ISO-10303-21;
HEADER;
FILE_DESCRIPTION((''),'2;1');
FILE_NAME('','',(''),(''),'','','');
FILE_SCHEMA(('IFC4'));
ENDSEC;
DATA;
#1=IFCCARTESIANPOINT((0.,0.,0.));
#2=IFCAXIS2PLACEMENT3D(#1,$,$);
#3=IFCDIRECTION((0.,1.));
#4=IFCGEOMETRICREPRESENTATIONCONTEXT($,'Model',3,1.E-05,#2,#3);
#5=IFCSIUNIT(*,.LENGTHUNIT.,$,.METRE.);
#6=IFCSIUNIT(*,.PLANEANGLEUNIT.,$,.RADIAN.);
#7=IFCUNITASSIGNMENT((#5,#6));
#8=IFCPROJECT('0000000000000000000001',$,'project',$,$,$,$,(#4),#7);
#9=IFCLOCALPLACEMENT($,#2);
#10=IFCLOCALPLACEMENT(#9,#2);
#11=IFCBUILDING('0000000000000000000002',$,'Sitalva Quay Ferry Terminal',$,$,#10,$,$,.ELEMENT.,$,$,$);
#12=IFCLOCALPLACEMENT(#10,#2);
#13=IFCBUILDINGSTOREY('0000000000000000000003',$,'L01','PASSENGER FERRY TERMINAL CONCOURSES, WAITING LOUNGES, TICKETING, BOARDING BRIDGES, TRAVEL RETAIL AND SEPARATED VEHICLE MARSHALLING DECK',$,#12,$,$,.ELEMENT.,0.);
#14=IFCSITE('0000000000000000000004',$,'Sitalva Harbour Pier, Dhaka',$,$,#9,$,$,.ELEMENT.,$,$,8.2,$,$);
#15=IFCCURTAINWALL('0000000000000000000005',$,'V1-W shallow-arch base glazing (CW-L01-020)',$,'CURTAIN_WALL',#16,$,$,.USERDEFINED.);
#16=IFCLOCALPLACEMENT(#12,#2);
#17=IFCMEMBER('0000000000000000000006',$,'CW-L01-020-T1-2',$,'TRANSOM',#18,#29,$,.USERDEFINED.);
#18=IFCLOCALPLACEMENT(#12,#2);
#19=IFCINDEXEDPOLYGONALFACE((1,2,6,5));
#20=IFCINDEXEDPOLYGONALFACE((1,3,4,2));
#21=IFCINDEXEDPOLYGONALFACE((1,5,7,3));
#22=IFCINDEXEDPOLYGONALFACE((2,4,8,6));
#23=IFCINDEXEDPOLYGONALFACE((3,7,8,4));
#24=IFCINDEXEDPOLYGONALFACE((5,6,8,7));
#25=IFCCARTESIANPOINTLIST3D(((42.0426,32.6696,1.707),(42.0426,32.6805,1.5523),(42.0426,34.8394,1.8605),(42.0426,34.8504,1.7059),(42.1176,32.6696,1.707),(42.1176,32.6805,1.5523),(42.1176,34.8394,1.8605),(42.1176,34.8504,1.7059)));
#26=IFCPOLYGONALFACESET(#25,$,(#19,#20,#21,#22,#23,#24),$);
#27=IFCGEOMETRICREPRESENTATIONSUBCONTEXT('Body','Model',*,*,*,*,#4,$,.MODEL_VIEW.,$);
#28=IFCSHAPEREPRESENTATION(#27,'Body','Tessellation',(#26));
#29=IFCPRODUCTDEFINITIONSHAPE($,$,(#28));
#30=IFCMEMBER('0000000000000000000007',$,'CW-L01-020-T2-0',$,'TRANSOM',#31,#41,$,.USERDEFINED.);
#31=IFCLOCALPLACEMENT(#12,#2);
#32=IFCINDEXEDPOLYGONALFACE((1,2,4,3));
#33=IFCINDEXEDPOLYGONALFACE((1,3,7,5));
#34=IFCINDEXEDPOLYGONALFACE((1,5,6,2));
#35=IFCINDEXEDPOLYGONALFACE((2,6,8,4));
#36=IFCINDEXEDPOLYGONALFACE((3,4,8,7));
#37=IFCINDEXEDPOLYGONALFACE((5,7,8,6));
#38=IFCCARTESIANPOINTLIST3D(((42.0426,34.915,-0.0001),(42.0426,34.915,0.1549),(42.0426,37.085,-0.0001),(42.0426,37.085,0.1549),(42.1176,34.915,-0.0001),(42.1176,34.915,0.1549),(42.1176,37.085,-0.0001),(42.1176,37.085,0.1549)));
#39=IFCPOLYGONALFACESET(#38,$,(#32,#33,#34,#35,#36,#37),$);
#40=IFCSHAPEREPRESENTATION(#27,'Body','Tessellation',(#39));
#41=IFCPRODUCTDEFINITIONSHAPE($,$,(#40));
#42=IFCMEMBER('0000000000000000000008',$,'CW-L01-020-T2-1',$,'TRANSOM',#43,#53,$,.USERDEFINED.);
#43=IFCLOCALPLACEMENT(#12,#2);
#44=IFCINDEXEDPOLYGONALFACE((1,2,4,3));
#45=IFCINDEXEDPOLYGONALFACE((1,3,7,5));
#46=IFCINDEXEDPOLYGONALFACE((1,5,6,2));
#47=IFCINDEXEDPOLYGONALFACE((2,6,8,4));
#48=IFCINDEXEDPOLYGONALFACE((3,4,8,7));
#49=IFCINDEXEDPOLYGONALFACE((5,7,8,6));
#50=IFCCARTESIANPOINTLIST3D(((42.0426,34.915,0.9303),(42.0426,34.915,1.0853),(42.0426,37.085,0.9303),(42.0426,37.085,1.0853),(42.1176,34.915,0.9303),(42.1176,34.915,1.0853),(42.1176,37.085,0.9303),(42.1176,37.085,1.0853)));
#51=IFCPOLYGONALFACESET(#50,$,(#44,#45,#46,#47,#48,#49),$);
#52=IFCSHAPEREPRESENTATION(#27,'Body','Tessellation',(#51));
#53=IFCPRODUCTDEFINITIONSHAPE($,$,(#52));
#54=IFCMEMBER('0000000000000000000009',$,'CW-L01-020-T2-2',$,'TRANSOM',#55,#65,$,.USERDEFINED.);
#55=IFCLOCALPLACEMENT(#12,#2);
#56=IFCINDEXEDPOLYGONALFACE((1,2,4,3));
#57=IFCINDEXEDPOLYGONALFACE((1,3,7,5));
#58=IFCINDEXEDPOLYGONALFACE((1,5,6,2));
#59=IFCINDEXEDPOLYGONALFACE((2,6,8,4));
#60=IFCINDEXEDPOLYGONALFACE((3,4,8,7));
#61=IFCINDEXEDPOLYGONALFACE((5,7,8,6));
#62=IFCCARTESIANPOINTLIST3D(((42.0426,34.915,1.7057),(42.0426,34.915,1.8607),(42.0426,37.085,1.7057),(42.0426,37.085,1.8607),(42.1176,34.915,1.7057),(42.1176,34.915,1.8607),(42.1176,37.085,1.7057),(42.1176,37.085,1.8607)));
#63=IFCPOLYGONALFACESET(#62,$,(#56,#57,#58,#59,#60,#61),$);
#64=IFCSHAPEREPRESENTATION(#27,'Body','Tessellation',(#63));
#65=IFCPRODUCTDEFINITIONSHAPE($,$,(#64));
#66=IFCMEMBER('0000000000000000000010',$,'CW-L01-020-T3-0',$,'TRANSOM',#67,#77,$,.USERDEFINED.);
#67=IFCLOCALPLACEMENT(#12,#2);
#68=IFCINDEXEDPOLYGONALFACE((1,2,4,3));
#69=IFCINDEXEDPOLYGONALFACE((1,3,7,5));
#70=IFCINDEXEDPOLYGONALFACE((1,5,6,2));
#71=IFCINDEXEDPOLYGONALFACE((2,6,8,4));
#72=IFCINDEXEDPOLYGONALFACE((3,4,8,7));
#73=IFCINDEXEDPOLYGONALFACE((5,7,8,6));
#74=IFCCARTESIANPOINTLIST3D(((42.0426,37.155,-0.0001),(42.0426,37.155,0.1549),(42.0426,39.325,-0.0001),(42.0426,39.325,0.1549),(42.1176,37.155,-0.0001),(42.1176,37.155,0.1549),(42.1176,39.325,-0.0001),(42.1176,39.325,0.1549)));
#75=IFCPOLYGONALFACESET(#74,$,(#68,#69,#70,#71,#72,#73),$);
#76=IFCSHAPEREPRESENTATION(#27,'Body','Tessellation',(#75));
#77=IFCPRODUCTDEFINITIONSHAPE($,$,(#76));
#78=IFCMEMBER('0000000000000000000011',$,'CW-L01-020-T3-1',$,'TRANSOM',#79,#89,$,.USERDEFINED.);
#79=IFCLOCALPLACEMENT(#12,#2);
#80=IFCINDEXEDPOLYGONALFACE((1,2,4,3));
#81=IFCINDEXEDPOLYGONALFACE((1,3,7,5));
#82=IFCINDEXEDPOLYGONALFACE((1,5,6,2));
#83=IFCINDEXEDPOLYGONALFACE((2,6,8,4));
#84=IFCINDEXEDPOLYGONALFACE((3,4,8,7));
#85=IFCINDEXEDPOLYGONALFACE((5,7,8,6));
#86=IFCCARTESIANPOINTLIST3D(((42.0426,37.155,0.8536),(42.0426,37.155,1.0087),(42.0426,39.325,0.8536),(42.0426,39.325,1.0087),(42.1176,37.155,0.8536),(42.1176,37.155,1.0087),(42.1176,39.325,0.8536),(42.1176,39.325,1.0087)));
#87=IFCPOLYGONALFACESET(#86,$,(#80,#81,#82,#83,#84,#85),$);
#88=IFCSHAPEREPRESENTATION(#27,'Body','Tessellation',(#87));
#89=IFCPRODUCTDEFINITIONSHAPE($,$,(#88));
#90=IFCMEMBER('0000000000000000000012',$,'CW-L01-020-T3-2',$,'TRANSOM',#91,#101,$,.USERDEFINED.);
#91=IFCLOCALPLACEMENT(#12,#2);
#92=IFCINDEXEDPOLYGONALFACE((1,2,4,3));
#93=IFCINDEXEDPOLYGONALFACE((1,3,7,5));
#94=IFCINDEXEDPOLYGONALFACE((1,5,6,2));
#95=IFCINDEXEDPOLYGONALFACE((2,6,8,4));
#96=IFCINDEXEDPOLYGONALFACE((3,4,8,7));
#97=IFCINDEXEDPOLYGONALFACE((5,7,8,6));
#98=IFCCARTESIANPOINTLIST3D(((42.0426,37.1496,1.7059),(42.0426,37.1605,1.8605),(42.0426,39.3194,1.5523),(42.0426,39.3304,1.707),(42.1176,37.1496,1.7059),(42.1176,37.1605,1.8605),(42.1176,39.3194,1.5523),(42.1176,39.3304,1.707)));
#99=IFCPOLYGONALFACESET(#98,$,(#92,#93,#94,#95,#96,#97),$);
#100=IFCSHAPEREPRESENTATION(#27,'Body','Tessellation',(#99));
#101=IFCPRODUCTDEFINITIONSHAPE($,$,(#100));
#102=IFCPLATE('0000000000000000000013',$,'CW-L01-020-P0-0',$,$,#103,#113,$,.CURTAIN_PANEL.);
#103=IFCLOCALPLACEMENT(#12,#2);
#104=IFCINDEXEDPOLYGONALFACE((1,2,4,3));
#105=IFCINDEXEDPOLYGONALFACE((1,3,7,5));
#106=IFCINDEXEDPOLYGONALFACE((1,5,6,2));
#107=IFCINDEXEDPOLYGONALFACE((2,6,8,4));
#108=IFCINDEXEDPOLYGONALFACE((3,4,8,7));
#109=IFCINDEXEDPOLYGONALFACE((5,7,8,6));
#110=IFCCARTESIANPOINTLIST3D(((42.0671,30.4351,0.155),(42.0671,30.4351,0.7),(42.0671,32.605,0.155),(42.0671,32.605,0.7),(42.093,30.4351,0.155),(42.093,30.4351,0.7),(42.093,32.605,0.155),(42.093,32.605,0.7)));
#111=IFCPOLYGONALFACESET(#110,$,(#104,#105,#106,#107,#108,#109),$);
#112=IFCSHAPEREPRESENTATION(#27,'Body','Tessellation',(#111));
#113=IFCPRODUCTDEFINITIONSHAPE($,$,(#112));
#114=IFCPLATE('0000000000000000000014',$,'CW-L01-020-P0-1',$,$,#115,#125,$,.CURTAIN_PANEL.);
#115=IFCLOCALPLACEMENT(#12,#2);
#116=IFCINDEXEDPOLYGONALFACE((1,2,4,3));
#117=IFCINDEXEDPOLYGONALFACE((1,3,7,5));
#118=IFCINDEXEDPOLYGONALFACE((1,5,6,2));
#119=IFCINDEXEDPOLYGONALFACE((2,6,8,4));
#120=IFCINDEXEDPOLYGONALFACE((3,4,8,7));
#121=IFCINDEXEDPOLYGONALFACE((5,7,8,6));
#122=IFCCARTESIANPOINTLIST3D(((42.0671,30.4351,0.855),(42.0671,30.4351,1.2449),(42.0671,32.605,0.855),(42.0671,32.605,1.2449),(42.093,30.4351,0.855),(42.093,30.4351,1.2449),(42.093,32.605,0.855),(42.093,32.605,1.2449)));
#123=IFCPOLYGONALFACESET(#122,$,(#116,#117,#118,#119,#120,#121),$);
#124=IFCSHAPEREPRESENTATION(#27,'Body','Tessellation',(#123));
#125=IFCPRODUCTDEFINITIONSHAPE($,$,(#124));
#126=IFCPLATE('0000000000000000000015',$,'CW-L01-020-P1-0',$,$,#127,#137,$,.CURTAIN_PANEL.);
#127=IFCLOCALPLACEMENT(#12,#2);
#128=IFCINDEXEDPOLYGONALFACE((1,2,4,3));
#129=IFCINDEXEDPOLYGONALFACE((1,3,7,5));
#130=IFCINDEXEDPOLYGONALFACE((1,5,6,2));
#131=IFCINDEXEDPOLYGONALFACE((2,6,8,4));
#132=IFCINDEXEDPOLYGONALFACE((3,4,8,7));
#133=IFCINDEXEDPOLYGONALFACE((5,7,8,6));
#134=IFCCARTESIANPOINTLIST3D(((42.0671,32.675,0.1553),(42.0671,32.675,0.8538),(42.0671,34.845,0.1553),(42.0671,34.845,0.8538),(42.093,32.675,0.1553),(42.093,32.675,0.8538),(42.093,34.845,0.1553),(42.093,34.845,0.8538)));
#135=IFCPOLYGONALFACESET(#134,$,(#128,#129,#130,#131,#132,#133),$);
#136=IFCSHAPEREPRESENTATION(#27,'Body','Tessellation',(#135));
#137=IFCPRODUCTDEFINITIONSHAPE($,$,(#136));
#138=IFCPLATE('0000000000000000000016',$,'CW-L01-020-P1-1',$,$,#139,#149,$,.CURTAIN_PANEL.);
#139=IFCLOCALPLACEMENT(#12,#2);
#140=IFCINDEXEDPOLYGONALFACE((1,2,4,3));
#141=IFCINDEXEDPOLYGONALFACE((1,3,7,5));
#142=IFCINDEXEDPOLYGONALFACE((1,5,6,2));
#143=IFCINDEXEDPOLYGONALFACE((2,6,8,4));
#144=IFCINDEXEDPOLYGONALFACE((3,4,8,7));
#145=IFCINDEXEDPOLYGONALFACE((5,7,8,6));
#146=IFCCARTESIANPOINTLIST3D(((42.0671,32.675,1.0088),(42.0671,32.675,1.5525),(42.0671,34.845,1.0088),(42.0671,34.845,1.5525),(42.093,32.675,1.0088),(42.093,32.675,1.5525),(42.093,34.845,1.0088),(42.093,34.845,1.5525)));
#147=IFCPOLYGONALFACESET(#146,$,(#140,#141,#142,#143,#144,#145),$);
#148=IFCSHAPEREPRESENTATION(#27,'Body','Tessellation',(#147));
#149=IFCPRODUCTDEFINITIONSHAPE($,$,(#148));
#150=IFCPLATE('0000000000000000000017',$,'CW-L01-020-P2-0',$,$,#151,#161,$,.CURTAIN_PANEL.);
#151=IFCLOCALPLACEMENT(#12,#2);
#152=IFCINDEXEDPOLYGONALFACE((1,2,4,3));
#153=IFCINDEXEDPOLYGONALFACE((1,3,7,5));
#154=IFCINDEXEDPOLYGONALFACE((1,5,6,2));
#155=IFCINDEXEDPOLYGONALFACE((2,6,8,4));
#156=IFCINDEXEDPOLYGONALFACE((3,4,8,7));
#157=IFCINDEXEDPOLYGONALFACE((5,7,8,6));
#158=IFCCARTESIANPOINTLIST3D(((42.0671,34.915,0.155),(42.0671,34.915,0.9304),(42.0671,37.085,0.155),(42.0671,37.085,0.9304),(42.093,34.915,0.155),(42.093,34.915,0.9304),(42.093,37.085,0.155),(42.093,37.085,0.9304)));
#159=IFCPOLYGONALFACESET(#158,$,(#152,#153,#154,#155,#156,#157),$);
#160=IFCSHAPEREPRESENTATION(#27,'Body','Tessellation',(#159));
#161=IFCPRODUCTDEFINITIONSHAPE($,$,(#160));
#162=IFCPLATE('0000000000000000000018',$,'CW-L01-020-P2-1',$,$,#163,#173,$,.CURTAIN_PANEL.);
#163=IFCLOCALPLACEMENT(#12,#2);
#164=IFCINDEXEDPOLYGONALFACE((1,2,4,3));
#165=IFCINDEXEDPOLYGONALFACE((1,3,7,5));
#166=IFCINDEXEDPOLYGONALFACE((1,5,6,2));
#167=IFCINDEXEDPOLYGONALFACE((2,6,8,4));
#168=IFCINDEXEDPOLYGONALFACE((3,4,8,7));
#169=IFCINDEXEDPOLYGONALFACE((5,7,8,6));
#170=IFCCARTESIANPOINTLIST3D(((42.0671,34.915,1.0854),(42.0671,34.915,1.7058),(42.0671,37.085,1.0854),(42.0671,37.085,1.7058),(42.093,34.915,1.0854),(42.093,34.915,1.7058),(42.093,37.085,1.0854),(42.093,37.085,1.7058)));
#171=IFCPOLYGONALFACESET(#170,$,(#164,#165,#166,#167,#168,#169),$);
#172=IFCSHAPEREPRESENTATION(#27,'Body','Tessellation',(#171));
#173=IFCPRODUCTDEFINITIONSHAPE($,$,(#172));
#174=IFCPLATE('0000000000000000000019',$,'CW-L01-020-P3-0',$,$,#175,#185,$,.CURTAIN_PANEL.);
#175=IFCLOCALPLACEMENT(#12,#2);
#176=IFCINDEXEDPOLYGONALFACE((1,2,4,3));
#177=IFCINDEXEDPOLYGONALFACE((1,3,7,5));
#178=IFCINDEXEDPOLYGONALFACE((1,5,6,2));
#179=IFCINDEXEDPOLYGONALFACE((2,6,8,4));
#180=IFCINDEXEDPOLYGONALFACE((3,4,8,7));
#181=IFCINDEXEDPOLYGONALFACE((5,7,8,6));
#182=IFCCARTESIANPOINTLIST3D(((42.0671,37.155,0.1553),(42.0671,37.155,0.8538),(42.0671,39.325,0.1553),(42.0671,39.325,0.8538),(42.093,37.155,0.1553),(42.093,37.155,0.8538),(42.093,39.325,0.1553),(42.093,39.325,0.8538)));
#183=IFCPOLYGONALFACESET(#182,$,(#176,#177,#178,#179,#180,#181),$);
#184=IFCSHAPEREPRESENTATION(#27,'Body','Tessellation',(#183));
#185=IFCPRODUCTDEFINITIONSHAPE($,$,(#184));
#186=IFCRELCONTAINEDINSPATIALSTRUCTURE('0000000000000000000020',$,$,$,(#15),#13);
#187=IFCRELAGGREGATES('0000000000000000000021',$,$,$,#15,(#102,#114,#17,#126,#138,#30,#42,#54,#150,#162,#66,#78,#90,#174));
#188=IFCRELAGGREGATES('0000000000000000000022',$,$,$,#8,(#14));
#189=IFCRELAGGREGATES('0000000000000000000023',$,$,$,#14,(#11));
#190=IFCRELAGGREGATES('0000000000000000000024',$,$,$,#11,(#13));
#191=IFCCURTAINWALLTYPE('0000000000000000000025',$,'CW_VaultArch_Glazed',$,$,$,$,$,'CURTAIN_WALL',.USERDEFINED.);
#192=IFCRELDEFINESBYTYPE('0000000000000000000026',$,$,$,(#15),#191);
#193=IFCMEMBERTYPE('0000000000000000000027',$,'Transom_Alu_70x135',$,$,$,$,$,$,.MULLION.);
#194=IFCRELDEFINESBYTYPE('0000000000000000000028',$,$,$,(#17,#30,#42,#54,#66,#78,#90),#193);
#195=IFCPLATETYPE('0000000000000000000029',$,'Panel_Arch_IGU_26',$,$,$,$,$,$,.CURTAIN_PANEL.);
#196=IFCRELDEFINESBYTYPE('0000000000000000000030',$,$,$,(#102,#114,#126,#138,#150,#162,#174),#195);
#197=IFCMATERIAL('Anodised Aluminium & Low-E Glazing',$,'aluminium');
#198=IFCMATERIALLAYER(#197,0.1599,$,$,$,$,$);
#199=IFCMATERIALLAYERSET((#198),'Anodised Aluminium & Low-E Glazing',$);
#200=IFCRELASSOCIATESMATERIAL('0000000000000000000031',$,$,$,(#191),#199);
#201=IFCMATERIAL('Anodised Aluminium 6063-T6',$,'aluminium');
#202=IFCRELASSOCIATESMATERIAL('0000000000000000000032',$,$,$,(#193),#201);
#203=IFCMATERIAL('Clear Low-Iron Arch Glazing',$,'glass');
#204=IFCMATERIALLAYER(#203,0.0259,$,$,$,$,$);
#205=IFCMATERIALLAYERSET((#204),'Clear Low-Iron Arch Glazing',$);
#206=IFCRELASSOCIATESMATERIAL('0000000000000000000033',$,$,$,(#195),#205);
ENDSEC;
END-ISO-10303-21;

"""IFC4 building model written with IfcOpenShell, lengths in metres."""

from ifc_helpers import new_model, si_unit, direction, frame, origin, origin_2d, place, context, subcontext, project, spatial, rectangle, extrude, material, layer, layer_set, material_profile, profile_set, type_object, element, aggregate, save


model = new_model("IFC4")

# Units and contexts
model_context = context("Model", 3, precision=1e-05, world=origin(), true_north=direction((0.0, 1.0)))
body_context = subcontext(model_context, "Body", "Model", "MODEL_VIEW")
ifc_project = project(units=[si_unit("LENGTHUNIT", "METRE"), si_unit("PLANEANGLEUNIT", "RADIAN")], contexts=[model_context])

# Site, building, storey
site_placement = place(None, origin())
site = spatial("IfcSite", under=ifc_project, at=site_placement, Name="Sitalva Harbour Pier, Dhaka", CompositionType="ELEMENT", RefElevation=8.2)
building_placement = place(site_placement, origin())
building = spatial("IfcBuilding", under=site, at=building_placement, Name="Sitalva Quay Ferry Terminal", CompositionType="ELEMENT")
storey_placement = place(building_placement, origin())
storey = spatial("IfcBuildingStorey", under=building, at=storey_placement, Name="L01", Description="PASSENGER FERRY TERMINAL CONCOURSES, WAITING LOUNGES, TICKETING, BOARDING BRIDGES, TRAVEL RETAIL AND SEPARATED VEHICLE MARSHALLING DECK", CompositionType="ELEMENT", Elevation=0.0)

# Curtain wall, members, plates
ifc_material_1 = material(Name="Anodised Aluminium & Low-E Glazing", Category="aluminium")
ifc_layer_1 = layer(ifc_material_1, 0.1599)
ifc_layer_set_1 = layer_set([ifc_layer_1], Name="Anodised Aluminium & Low-E Glazing")
curtain_wall_type = type_object("IfcCurtainWallType", Name="CW_VaultArch_Glazed", ElementType="CURTAIN_WALL", PredefinedType="USERDEFINED", material=ifc_layer_set_1)
curtain_wall_placement = place(storey_placement, origin())
curtain_wall = element("IfcCurtainWall", 1, at=curtain_wall_placement, inside=storey, type_object=curtain_wall_type, Name="V1-W shallow-arch base glazing (CW-L01-020)", ObjectType="CURTAIN_WALL", PredefinedType="USERDEFINED")
ifc_material_2 = material(Name="Anodised Aluminium 6063-T6", Category="aluminium")
ifc_material_profile_1 = material_profile(ifc_material_2, rectangle(XDim=0.075, YDim=0.155, at=origin_2d()), Name="ALU75x155")
ifc_profile_set_1 = profile_set([ifc_material_profile_1], Name="Anodised Aluminium 6063-T6")
member_type_1 = type_object("IfcMemberType", Name="Transom_Alu_70x135", PredefinedType="MULLION", material=ifc_profile_set_1)
member_1_placement = place(storey_placement, frame((42.0801, 32.675, 1.6296), z_axis=(0.0, 0.997505, 0.070593), x_axis=(-1.0, 0.0, 0.0)))
member_1 = element("IfcMember", 2, at=member_1_placement, type_object=member_type_1, Name="CW-L01-020-T1-2", ObjectType="TRANSOM", PredefinedType="USERDEFINED", context=body_context, shape_type="SweptSolid", body=[
    extrude(rectangle(XDim=0.075, YDim=0.155, at=origin_2d()), origin(), (0.0, 0.0, 1.0), 2.1753),
])
member_2_placement = place(storey_placement, frame((42.0801, 34.915, 0.0774), z_axis=(0.0, 1.0, 0.0), x_axis=(-1.0, 0.0, 0.0)))
member_2 = element("IfcMember", 3, at=member_2_placement, type_object=member_type_1, Name="CW-L01-020-T2-0", ObjectType="TRANSOM", PredefinedType="USERDEFINED", context=body_context, shape_type="SweptSolid", body=[
    extrude(rectangle(XDim=0.075, YDim=0.155, at=origin_2d()), origin(), (0.0, 0.0, 1.0), 2.1699),
])
member_3_placement = place(storey_placement, frame((42.0801, 34.915, 1.0078), z_axis=(0.0, 1.0, 0.0), x_axis=(-1.0, 0.0, 0.0)))
member_3 = element("IfcMember", 4, at=member_3_placement, type_object=member_type_1, Name="CW-L01-020-T2-1", ObjectType="TRANSOM", PredefinedType="USERDEFINED", context=body_context, shape_type="SweptSolid", body=[
    extrude(rectangle(XDim=0.075, YDim=0.155, at=origin_2d()), origin(), (0.0, 0.0, 1.0), 2.1699),
])
member_4_placement = place(storey_placement, frame((42.0801, 34.915, 1.7832), z_axis=(0.0, 1.0, 0.0), x_axis=(-1.0, 0.0, 0.0)))
member_4 = element("IfcMember", 5, at=member_4_placement, type_object=member_type_1, Name="CW-L01-020-T2-2", ObjectType="TRANSOM", PredefinedType="USERDEFINED", context=body_context, shape_type="SweptSolid", body=[
    extrude(rectangle(XDim=0.075, YDim=0.155, at=origin_2d()), origin(), (0.0, 0.0, 1.0), 2.1699),
])
member_5_placement = place(storey_placement, frame((42.0801, 37.155, 0.0774), z_axis=(0.0, 1.0, 0.0), x_axis=(-1.0, 0.0, 0.0)))
member_5 = element("IfcMember", 6, at=member_5_placement, type_object=member_type_1, Name="CW-L01-020-T3-0", ObjectType="TRANSOM", PredefinedType="USERDEFINED", context=body_context, shape_type="SweptSolid", body=[
    extrude(rectangle(XDim=0.075, YDim=0.155, at=origin_2d()), origin(), (0.0, 0.0, 1.0), 2.1699),
])
member_6_placement = place(storey_placement, frame((42.0801, 37.155, 0.9312), z_axis=(0.0, 1.0, 0.0), x_axis=(-1.0, 0.0, 0.0)))
member_6 = element("IfcMember", 7, at=member_6_placement, type_object=member_type_1, Name="CW-L01-020-T3-1", ObjectType="TRANSOM", PredefinedType="USERDEFINED", context=body_context, shape_type="SweptSolid", body=[
    extrude(rectangle(XDim=0.075, YDim=0.155, at=origin_2d()), origin(), (0.0, 0.0, 1.0), 2.1699),
])
member_7_placement = place(storey_placement, frame((42.0801, 37.155, 1.7832), z_axis=(0.0, 0.997505, -0.070593), x_axis=(-1.0, 0.0, 0.0)))
member_7 = element("IfcMember", 8, at=member_7_placement, type_object=member_type_1, Name="CW-L01-020-T3-2", ObjectType="TRANSOM", PredefinedType="USERDEFINED", context=body_context, shape_type="SweptSolid", body=[
    extrude(rectangle(XDim=0.075, YDim=0.155, at=origin_2d()), origin(), (0.0, 0.0, 1.0), 2.1753),
])
ifc_material_3 = material(Name="Clear Low-Iron Arch Glazing", Category="glass")
ifc_layer_2 = layer(ifc_material_3, 0.0259)
ifc_layer_set_2 = layer_set([ifc_layer_2], Name="Clear Low-Iron Arch Glazing")
plate_type = type_object("IfcPlateType", Name="Panel_Arch_IGU_26", PredefinedType="CURTAIN_PANEL", material=ifc_layer_set_2)
plate_1_placement = place(storey_placement, frame((42.0801, 31.52, 0.155), z_axis=(0.0, 0.0, 1.0), x_axis=(0.0, 1.0, 0.0)))
plate_1 = element("IfcPlate", 9, at=plate_1_placement, type_object=plate_type, Name="CW-L01-020-P0-0", PredefinedType="CURTAIN_PANEL", context=body_context, shape_type="SweptSolid", body=[
    extrude(rectangle(XDim=2.1699, YDim=0.0259, at=origin_2d()), origin(), (0.0, 0.0, 1.0), 0.5449),
])
plate_2_placement = place(storey_placement, frame((42.0801, 31.52, 0.855), z_axis=(0.0, 0.0, 1.0), x_axis=(0.0, 1.0, 0.0)))
plate_2 = element("IfcPlate", 10, at=plate_2_placement, type_object=plate_type, Name="CW-L01-020-P0-1", PredefinedType="CURTAIN_PANEL", context=body_context, shape_type="SweptSolid", body=[
    extrude(rectangle(XDim=2.1699, YDim=0.0259, at=origin_2d()), origin(), (0.0, 0.0, 1.0), 0.3899),
])
plate_3_placement = place(storey_placement, frame((42.0801, 33.76, 0.1553), z_axis=(0.0, 0.0, 1.0), x_axis=(0.0, 1.0, 0.0)))
plate_3 = element("IfcPlate", 11, at=plate_3_placement, type_object=plate_type, Name="CW-L01-020-P1-0", PredefinedType="CURTAIN_PANEL", context=body_context, shape_type="SweptSolid", body=[
    extrude(rectangle(XDim=2.1699, YDim=0.0259, at=origin_2d()), origin(), (0.0, 0.0, 1.0), 0.6985),
])
plate_4_placement = place(storey_placement, frame((42.0801, 33.76, 1.0088), z_axis=(0.0, 0.0, 1.0), x_axis=(0.0, 1.0, 0.0)))
plate_4 = element("IfcPlate", 12, at=plate_4_placement, type_object=plate_type, Name="CW-L01-020-P1-1", PredefinedType="CURTAIN_PANEL", context=body_context, shape_type="SweptSolid", body=[
    extrude(rectangle(XDim=2.1699, YDim=0.0259, at=origin_2d()), origin(), (0.0, 0.0, 1.0), 0.5437),
])
plate_5_placement = place(storey_placement, frame((42.0801, 36.0, 0.155), z_axis=(0.0, 0.0, 1.0), x_axis=(0.0, 1.0, 0.0)))
plate_5 = element("IfcPlate", 13, at=plate_5_placement, type_object=plate_type, Name="CW-L01-020-P2-0", PredefinedType="CURTAIN_PANEL", context=body_context, shape_type="SweptSolid", body=[
    extrude(rectangle(XDim=2.1699, YDim=0.0259, at=origin_2d()), origin(), (0.0, 0.0, 1.0), 0.7754),
])
plate_6_placement = place(storey_placement, frame((42.0801, 36.0, 1.0854), z_axis=(0.0, 0.0, 1.0), x_axis=(0.0, 1.0, 0.0)))
plate_6 = element("IfcPlate", 14, at=plate_6_placement, type_object=plate_type, Name="CW-L01-020-P2-1", PredefinedType="CURTAIN_PANEL", context=body_context, shape_type="SweptSolid", body=[
    extrude(rectangle(XDim=2.1699, YDim=0.0259, at=origin_2d()), origin(), (0.0, 0.0, 1.0), 0.6204),
])
plate_7_placement = place(storey_placement, frame((42.0801, 38.24, 0.1553), z_axis=(0.0, 0.0, 1.0), x_axis=(0.0, 1.0, 0.0)))
plate_7 = element("IfcPlate", 15, at=plate_7_placement, type_object=plate_type, Name="CW-L01-020-P3-0", PredefinedType="CURTAIN_PANEL", context=body_context, shape_type="SweptSolid", body=[
    extrude(rectangle(XDim=2.1699, YDim=0.0259, at=origin_2d()), origin(), (0.0, 0.0, 1.0), 0.6985),
])
aggregate(curtain_wall, [plate_1, plate_2, member_1, plate_3, plate_4, member_2, member_3, member_4, plate_5, plate_6, member_5, member_6, member_7, plate_7])

save(model, "model.ifc")
